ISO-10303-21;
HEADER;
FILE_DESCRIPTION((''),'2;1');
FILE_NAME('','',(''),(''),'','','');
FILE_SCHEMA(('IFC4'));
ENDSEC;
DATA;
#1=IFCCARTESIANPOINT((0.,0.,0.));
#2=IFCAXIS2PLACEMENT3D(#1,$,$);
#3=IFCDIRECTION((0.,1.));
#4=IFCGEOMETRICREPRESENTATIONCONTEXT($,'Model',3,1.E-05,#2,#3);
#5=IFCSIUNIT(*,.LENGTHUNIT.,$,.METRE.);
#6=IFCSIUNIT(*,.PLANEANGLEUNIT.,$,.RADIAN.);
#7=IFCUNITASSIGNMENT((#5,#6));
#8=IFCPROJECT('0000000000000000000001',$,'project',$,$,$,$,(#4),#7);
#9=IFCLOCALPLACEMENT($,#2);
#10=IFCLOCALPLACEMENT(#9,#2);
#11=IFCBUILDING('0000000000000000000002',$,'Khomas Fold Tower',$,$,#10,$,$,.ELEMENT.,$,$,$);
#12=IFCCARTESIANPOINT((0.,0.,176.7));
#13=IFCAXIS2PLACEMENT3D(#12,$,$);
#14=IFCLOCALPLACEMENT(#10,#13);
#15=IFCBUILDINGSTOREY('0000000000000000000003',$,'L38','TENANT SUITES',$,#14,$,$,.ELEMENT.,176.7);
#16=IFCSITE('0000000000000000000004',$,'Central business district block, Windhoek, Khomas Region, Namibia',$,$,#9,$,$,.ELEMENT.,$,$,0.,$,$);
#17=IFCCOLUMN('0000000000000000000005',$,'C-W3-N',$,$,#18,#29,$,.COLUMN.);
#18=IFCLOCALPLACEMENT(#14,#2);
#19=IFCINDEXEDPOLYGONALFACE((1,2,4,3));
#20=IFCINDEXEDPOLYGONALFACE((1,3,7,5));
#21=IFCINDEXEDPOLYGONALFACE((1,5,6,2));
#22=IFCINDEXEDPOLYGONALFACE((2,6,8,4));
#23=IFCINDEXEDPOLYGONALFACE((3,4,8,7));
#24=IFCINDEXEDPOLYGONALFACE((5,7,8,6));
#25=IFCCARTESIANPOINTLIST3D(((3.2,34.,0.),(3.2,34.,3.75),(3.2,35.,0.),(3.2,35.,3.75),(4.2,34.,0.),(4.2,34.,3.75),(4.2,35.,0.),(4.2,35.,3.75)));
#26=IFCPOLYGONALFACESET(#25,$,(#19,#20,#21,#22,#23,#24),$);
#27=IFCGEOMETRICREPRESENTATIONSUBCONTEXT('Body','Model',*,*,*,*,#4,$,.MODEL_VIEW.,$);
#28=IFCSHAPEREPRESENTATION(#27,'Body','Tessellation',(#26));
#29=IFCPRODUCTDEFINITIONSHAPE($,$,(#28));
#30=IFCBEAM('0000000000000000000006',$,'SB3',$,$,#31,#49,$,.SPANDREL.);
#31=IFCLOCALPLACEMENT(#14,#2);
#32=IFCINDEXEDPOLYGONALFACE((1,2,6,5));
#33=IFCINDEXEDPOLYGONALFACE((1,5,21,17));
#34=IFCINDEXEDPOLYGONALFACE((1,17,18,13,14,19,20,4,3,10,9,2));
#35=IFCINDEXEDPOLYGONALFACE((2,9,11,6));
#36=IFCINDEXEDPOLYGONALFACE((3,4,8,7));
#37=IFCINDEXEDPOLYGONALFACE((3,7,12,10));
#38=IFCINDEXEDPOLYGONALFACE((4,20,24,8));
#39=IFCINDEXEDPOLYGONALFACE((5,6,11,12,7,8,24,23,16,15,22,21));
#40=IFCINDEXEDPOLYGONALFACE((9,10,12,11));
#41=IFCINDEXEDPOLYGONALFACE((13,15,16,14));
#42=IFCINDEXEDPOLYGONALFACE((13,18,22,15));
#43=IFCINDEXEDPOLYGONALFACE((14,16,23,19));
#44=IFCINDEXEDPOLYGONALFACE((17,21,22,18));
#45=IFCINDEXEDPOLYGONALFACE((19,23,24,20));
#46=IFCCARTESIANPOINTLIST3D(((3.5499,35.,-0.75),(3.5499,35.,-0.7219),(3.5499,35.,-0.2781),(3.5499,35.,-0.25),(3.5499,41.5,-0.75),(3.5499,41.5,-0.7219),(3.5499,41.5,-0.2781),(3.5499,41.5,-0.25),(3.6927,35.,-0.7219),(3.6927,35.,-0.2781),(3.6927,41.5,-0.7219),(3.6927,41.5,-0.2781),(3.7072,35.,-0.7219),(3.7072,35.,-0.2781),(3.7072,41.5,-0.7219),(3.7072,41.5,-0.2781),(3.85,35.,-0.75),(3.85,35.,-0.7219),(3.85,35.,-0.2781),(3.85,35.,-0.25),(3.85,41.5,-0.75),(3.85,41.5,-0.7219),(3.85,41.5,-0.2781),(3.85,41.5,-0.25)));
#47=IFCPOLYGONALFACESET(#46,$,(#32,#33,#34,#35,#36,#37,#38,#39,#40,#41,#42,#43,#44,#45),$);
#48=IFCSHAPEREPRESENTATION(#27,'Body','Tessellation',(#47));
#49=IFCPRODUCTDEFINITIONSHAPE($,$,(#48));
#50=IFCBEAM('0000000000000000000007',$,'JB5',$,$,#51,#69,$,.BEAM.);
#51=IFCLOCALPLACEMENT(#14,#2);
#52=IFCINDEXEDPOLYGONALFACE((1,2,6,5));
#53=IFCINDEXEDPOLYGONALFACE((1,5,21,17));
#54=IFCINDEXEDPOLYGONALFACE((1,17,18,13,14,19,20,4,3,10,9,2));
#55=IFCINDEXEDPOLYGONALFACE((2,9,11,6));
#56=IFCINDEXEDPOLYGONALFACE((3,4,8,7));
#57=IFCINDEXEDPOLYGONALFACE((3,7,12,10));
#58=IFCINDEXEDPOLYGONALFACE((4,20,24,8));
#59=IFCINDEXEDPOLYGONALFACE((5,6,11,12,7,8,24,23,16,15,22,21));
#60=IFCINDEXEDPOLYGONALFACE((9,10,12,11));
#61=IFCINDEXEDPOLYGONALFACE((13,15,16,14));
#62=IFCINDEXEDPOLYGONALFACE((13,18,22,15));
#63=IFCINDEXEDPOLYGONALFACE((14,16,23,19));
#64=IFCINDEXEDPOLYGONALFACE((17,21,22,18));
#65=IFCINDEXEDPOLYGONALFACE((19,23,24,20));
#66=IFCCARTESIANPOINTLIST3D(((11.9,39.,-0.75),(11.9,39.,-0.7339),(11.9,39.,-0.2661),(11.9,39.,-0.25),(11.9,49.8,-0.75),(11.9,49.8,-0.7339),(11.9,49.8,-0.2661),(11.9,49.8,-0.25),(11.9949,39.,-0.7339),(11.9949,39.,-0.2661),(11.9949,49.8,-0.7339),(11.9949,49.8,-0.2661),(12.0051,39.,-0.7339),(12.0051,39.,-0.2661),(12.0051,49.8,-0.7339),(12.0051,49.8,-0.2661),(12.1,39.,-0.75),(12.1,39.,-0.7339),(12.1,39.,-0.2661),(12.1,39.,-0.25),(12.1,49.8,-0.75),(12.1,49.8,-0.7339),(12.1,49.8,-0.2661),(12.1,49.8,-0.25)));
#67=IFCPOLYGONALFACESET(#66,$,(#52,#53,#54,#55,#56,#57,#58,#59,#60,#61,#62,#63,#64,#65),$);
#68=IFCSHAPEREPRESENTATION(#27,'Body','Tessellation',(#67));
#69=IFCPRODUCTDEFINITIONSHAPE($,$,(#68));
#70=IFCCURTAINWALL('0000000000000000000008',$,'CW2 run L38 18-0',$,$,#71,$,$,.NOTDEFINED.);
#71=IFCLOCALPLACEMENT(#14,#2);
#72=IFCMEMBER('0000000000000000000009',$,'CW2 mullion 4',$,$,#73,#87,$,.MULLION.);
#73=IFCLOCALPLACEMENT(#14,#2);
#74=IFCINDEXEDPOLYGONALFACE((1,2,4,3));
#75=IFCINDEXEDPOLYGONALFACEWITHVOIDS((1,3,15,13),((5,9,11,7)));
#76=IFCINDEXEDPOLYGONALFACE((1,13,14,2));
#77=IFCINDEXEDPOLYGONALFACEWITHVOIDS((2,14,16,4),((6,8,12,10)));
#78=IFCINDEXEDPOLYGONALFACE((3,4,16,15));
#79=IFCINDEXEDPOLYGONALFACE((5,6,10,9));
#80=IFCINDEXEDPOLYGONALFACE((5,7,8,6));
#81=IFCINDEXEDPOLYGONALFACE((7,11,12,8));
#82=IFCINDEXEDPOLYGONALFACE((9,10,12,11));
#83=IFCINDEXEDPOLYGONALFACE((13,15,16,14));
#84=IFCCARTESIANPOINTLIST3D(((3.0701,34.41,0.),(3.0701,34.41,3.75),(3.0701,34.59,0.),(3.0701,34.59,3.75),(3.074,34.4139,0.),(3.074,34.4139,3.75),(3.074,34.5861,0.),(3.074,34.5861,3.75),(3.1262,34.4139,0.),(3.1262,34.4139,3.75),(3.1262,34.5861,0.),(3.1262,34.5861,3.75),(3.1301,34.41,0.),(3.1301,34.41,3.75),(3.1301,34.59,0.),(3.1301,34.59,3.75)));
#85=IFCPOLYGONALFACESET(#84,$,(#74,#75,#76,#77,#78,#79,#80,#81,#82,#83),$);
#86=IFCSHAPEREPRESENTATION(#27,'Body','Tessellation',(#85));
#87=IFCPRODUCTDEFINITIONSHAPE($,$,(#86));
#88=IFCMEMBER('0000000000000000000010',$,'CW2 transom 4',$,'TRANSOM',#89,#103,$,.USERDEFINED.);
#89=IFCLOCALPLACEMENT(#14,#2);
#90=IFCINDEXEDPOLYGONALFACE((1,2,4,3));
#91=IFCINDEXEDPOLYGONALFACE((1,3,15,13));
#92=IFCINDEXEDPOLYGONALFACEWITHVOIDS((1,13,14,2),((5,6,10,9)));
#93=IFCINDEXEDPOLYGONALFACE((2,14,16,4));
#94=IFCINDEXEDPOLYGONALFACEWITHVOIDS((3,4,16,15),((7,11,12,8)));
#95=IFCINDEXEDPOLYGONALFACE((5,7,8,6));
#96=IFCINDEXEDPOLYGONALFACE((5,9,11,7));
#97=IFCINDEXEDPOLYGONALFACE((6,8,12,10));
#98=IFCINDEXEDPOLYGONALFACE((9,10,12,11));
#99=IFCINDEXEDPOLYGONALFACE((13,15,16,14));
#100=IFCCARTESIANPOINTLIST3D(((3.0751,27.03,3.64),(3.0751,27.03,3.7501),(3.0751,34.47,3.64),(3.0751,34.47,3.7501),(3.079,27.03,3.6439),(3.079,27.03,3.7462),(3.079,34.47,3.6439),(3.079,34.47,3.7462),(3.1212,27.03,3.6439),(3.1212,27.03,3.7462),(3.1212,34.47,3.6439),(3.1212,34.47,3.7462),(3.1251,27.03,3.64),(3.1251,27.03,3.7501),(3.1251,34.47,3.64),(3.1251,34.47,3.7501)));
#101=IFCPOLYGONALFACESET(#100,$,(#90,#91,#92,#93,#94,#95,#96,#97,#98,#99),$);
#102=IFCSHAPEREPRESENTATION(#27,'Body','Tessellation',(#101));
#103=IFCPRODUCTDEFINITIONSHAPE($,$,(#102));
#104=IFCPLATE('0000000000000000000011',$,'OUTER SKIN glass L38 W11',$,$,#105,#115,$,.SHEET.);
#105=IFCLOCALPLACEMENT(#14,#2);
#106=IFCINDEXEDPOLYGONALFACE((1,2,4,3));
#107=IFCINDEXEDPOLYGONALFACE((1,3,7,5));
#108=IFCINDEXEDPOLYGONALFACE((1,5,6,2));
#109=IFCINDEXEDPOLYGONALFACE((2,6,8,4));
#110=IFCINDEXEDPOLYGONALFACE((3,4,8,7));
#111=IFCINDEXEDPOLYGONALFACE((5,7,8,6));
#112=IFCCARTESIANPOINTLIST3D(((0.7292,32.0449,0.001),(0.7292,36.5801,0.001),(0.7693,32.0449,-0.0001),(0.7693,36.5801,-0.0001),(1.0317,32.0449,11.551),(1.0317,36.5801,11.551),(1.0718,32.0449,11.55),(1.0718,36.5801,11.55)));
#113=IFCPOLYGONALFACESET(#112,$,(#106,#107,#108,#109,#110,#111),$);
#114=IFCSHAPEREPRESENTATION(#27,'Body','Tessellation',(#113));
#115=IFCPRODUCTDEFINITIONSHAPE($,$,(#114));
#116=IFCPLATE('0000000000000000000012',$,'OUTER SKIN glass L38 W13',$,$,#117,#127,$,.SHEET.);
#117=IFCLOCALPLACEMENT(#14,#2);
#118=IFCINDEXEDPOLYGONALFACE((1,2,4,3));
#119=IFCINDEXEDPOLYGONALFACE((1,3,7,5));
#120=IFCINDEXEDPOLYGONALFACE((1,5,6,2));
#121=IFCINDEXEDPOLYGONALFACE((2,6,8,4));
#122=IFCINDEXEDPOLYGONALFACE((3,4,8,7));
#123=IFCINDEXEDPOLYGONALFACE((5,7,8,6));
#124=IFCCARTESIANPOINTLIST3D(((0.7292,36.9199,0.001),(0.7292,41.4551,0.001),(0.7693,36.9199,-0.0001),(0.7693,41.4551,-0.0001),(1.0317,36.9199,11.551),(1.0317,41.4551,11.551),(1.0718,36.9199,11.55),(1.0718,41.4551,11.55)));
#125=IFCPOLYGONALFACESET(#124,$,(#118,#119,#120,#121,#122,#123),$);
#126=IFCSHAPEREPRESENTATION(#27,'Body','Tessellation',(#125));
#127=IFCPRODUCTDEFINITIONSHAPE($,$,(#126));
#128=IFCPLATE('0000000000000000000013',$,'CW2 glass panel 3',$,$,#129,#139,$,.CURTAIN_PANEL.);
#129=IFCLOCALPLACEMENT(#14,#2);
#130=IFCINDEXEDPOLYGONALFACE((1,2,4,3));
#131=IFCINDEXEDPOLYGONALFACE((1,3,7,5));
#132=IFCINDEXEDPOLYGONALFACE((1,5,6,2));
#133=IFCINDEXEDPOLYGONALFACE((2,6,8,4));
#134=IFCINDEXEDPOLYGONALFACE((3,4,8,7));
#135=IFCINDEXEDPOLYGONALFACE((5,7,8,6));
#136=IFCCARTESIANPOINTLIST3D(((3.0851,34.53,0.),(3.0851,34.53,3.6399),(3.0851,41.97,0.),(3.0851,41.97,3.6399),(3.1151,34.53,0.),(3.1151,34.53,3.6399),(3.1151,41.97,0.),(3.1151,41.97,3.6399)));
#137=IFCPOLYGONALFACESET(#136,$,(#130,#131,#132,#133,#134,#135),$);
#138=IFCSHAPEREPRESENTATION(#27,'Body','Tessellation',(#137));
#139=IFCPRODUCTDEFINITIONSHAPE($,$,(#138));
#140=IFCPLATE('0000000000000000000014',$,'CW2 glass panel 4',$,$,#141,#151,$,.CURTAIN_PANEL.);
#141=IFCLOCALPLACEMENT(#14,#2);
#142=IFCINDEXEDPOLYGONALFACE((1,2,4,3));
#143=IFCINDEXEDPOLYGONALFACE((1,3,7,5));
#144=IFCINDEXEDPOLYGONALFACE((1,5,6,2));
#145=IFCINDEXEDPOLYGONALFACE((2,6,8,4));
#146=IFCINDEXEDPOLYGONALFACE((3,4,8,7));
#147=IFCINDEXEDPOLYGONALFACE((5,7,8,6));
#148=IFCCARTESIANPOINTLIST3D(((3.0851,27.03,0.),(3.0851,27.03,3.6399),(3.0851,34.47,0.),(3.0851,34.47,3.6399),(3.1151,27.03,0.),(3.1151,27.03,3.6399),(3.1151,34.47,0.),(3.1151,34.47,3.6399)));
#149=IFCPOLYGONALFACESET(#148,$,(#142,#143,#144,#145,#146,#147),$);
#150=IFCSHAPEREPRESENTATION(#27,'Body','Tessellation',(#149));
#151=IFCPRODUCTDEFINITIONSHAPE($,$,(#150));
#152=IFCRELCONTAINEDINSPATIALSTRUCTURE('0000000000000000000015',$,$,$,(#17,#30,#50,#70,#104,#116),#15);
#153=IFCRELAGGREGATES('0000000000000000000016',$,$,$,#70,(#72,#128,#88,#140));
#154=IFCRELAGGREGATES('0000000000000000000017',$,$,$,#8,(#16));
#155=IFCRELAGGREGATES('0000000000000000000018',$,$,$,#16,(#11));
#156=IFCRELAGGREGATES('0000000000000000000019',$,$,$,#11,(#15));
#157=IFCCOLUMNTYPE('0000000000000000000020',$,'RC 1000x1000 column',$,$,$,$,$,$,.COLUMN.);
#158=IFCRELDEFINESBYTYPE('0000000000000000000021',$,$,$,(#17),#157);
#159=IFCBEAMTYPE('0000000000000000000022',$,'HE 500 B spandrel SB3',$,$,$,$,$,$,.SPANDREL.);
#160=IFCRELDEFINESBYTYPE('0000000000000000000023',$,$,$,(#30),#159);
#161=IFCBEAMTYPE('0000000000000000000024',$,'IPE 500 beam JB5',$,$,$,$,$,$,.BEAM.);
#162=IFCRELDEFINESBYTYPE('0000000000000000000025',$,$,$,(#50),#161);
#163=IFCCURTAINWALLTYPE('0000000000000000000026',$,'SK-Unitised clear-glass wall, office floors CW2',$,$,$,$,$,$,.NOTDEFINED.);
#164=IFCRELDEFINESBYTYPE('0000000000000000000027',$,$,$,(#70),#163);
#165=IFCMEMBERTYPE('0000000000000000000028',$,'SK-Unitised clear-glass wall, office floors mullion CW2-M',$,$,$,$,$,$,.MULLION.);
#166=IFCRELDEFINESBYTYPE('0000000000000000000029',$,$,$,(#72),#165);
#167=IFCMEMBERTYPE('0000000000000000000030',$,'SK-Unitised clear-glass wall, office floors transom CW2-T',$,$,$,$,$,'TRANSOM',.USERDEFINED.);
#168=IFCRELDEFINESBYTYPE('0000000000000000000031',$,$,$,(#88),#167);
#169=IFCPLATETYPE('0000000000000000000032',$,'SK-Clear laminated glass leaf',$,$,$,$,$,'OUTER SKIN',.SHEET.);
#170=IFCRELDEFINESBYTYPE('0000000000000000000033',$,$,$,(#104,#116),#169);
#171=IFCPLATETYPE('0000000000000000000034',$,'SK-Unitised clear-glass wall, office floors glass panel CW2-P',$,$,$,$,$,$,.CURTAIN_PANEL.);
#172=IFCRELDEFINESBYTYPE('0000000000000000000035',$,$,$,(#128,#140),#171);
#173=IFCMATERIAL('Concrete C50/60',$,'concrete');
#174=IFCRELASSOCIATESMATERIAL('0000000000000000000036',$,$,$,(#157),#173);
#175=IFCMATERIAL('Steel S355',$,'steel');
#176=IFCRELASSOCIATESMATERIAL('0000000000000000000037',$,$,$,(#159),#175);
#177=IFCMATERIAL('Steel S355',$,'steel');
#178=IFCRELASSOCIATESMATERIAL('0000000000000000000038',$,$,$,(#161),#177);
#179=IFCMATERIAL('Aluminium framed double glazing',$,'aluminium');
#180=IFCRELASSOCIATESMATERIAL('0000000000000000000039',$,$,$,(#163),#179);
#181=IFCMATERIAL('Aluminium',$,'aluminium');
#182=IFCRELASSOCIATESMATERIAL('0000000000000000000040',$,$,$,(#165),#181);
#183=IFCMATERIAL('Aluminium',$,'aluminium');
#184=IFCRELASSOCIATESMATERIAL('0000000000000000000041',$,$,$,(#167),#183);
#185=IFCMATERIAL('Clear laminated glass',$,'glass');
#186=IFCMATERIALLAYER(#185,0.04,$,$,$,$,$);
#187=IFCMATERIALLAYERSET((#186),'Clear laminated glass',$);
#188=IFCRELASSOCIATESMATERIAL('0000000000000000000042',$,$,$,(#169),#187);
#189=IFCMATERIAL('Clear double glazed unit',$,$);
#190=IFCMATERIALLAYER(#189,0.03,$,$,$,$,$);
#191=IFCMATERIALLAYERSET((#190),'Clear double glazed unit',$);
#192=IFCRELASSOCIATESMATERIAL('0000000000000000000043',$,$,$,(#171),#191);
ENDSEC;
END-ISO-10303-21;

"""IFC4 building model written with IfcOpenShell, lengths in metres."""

from ifc_helpers import new_model, si_unit, direction, frame, origin, origin_2d, place, context, subcontext, project, spatial, polyline, rectangle, hollow_rectangle, i_section, outline, extrude, source, transform, mapped, material, layer, layer_set, material_profile, profile_set, type_object, element, aggregate, save


model = new_model("IFC4")

# Units and contexts
model_context = context("Model", 3, precision=1e-05, world=origin(), true_north=direction((0.0, 1.0)))
body_context = subcontext(model_context, "Body", "Model", "MODEL_VIEW")
ifc_project = project(units=[si_unit("LENGTHUNIT", "METRE"), si_unit("PLANEANGLEUNIT", "RADIAN")], contexts=[model_context])

# Site, building, storey
site_placement = place(None, origin())
site = spatial("IfcSite", under=ifc_project, at=site_placement, Name="Central business district block, Windhoek, Khomas Region, Namibia", CompositionType="ELEMENT", RefElevation=0.0)
building_placement = place(site_placement, origin())
building = spatial("IfcBuilding", under=site, at=building_placement, Name="Khomas Fold Tower", CompositionType="ELEMENT")
storey_placement = place(building_placement, frame((0.0, 0.0, 176.7)))
storey = spatial("IfcBuildingStorey", under=building, at=storey_placement, Name="L38", Description="TENANT SUITES", CompositionType="ELEMENT", Elevation=176.7)

# Column
ifc_material_1 = material(Name="Concrete C50/60", Category="concrete")
ifc_material_profile_1 = material_profile(ifc_material_1, rectangle(XDim=1.0, YDim=1.0, at=origin_2d()), Name="RC 1000x1000")
ifc_profile_set_1 = profile_set([ifc_material_profile_1], Name="Concrete C50/60")
column_type = type_object("IfcColumnType", Name="RC 1000x1000 column", PredefinedType="COLUMN", material=ifc_profile_set_1)
shared_shape_1 = source(origin(), body_context, "Body", "SweptSolid", [
    extrude(rectangle(XDim=1.0, YDim=1.0, at=origin_2d()), origin(), (0.0, 0.0, 1.0), 3.75),
])
column_placement = place(storey_placement, frame((3.7, 34.5, 0.0), z_axis=(0.0, 0.0, 1.0), x_axis=(1.0, 0.0, 0.0)))
element("IfcColumn", 1, at=column_placement, inside=storey, type_object=column_type, Name="C-W3-N", PredefinedType="COLUMN", context=body_context, shape_type="MappedRepresentation", body=[
    mapped(shared_shape_1, transform((0.0, 0.0, 0.0))),
])

# Beams
ifc_material_2 = material(Name="Steel S355", Category="steel")
ifc_material_profile_2 = material_profile(ifc_material_2, i_section(OverallWidth=0.3, OverallDepth=0.5, WebThickness=0.0144, FlangeThickness=0.0281, at=origin_2d()), Name="HE 500 B")
ifc_profile_set_2 = profile_set([ifc_material_profile_2], Name="Steel S355")
beam_type_1 = type_object("IfcBeamType", Name="HE 500 B spandrel SB3", PredefinedType="SPANDREL", material=ifc_profile_set_2)
shared_shape_2 = source(origin(), body_context, "Body", "SweptSolid", [
    extrude(i_section(OverallWidth=0.3, OverallDepth=0.5, WebThickness=0.0144, FlangeThickness=0.0281, at=origin_2d()), origin(), (0.0, 0.0, 1.0), 6.5),
])
beam_1_placement = place(storey_placement, frame((3.7, 35.0, -0.5), z_axis=(0.0, 1.0, 0.0), x_axis=(-1.0, 0.0, 0.0)))
element("IfcBeam", 2, at=beam_1_placement, inside=storey, type_object=beam_type_1, Name="SB3", PredefinedType="SPANDREL", context=body_context, shape_type="MappedRepresentation", body=[
    mapped(shared_shape_2, transform((0.0, 0.0, 0.0))),
])
ifc_material_3 = material(Name="Steel S355", Category="steel")
ifc_material_profile_3 = material_profile(ifc_material_3, i_section(OverallWidth=0.2, OverallDepth=0.5, WebThickness=0.0103, FlangeThickness=0.0161, at=origin_2d()), Name="IPE 500")
ifc_profile_set_3 = profile_set([ifc_material_profile_3], Name="Steel S355")
beam_type_2 = type_object("IfcBeamType", Name="IPE 500 beam JB5", PredefinedType="BEAM", material=ifc_profile_set_3)
shared_shape_3 = source(origin(), body_context, "Body", "SweptSolid", [
    extrude(i_section(OverallWidth=0.2, OverallDepth=0.5, WebThickness=0.0103, FlangeThickness=0.0161, at=origin_2d()), origin(), (0.0, 0.0, 1.0), 10.8),
])
beam_2_placement = place(storey_placement, frame((12.0, 39.0, -0.5), z_axis=(0.0, 1.0, 0.0), x_axis=(-1.0, 0.0, 0.0)))
element("IfcBeam", 3, at=beam_2_placement, inside=storey, type_object=beam_type_2, Name="JB5", PredefinedType="BEAM", context=body_context, shape_type="MappedRepresentation", body=[
    mapped(shared_shape_3, transform((0.0, 0.0, 0.0))),
])

# Curtain wall, members
ifc_material_4 = material(Name="Aluminium framed double glazing", Category="aluminium")
curtain_wall_type = type_object("IfcCurtainWallType", Name="SK-Unitised clear-glass wall, office floors CW2", PredefinedType="NOTDEFINED", material=ifc_material_4)
curtain_wall_placement = place(storey_placement, origin())
curtain_wall = element("IfcCurtainWall", 4, at=curtain_wall_placement, inside=storey, type_object=curtain_wall_type, Name="CW2 run L38 18-0", PredefinedType="NOTDEFINED")
ifc_material_5 = material(Name="Aluminium", Category="aluminium")
ifc_material_profile_4 = material_profile(ifc_material_5, hollow_rectangle(XDim=0.0601, YDim=0.1799, WallThickness=0.0039, at=origin_2d()), Name="SK-Unitised clear-glass wall, office floors mullion CW2-M")
ifc_profile_set_4 = profile_set([ifc_material_profile_4], Name="Aluminium")
member_type_1 = type_object("IfcMemberType", Name="SK-Unitised clear-glass wall, office floors mullion CW2-M", PredefinedType="MULLION", material=ifc_profile_set_4)
shared_shape_4 = source(origin(), body_context, "Body", "SweptSolid", [
    extrude(hollow_rectangle(XDim=0.0601, YDim=0.1799, WallThickness=0.0039, at=origin_2d()), origin(), (0.0, 0.0, 1.0), 3.75),
])
member_1_placement = place(storey_placement, frame((3.1001, 34.5, 0.0), z_axis=(0.0, 0.0, 1.0), x_axis=(1.0, 0.0, 0.0)))
member_1 = element("IfcMember", 5, at=member_1_placement, type_object=member_type_1, Name="CW2 mullion 4", PredefinedType="MULLION", context=body_context, shape_type="MappedRepresentation", body=[
    mapped(shared_shape_4, transform((0.0, 0.0, 0.0))),
])
ifc_material_6 = material(Name="Aluminium", Category="aluminium")
ifc_material_profile_5 = material_profile(ifc_material_6, hollow_rectangle(XDim=0.05, YDim=0.1101, WallThickness=0.0039, at=origin_2d()), Name="SK-Unitised clear-glass wall, office floors transom CW2-T")
ifc_profile_set_5 = profile_set([ifc_material_profile_5], Name="Aluminium")
member_type_2 = type_object("IfcMemberType", Name="SK-Unitised clear-glass wall, office floors transom CW2-T", ElementType="TRANSOM", PredefinedType="USERDEFINED", material=ifc_profile_set_5)
shared_shape_5 = source(origin(), body_context, "Body", "SweptSolid", [
    extrude(hollow_rectangle(XDim=0.05, YDim=0.1101, WallThickness=0.0039, at=origin_2d()), origin(), (0.0, 0.0, 1.0), 7.4399),
])
member_2_placement = place(storey_placement, frame((3.1001, 34.47, 3.6951), z_axis=(0.0, -1.0, 0.0), x_axis=(1.0, 0.0, 0.0)))
member_2 = element("IfcMember", 6, at=member_2_placement, type_object=member_type_2, Name="CW2 transom 4", ObjectType="TRANSOM", PredefinedType="USERDEFINED", context=body_context, shape_type="MappedRepresentation", body=[
    mapped(shared_shape_5, transform((0.0, 0.0, 0.0))),
])

# Plates
ifc_material_7 = material(Name="Clear laminated glass", Category="glass")
ifc_layer_1 = layer(ifc_material_7, 0.04)
ifc_layer_set_1 = layer_set([ifc_layer_1], Name="Clear laminated glass")
plate_type_1 = type_object("IfcPlateType", Name="SK-Clear laminated glass leaf", ElementType="OUTER SKIN", PredefinedType="SHEET", material=ifc_layer_set_1)
for number, where, z_axis, x_axis, name in (
    (7, (0.7292, 32.0449, 0.001), (-0.999657, 0.0, 0.026181), (0.0, 1.0, 0.0), "OUTER SKIN glass L38 W11"),
    (8, (0.7292, 36.9199, 0.001), (-0.999657, 0.0, 0.026181), (0.0, 1.0, 0.0), "OUTER SKIN glass L38 W13"),
):
    element("IfcPlate", number, at=place(storey_placement, frame(where, z_axis=z_axis, x_axis=x_axis)), inside=storey, type_object=plate_type_1, Name=name, PredefinedType="SHEET", context=body_context, shape_type="SweptSolid", body=[
        extrude(outline(polyline([(0.0, 0.0), (4.5352, 0.0), (4.5352, -11.554), (0.0, -11.554), (0.0, 0.0)])), origin(), (0.0, 0.0, -1.0), 0.04),
    ])

# Plates
ifc_material_8 = material(Name="Clear double glazed unit")
ifc_layer_2 = layer(ifc_material_8, 0.03)
ifc_layer_set_2 = layer_set([ifc_layer_2], Name="Clear double glazed unit")
plate_type_2 = type_object("IfcPlateType", Name="SK-Unitised clear-glass wall, office floors glass panel CW2-P", PredefinedType="CURTAIN_PANEL", material=ifc_layer_set_2)
shared_shape_6 = source(origin(), body_context, "Body", "SweptSolid", [
    extrude(rectangle(XDim=7.4399, YDim=0.03, at=origin_2d()), origin(), (0.0, 0.0, 1.0), 3.6399),
])
plate_1_placement = place(storey_placement, frame((3.1001, 38.25, 0.0), z_axis=(0.0, 0.0, 1.0), x_axis=(0.0, -1.0, 0.0)))
plate_1 = element("IfcPlate", 9, at=plate_1_placement, type_object=plate_type_2, Name="CW2 glass panel 3", PredefinedType="CURTAIN_PANEL", context=body_context, shape_type="MappedRepresentation", body=[
    mapped(shared_shape_6, transform((0.0, 0.0, 0.0))),
])
plate_2_placement = place(storey_placement, frame((3.1001, 30.75, 0.0), z_axis=(0.0, 0.0, 1.0), x_axis=(0.0, -1.0, 0.0)))
plate_2 = element("IfcPlate", 10, at=plate_2_placement, type_object=plate_type_2, Name="CW2 glass panel 4", PredefinedType="CURTAIN_PANEL", context=body_context, shape_type="MappedRepresentation", body=[
    mapped(shared_shape_6, transform((0.0, 0.0, 0.0))),
])
aggregate(curtain_wall, [member_1, plate_1, member_2, plate_2])

save(model, "model.ifc")
